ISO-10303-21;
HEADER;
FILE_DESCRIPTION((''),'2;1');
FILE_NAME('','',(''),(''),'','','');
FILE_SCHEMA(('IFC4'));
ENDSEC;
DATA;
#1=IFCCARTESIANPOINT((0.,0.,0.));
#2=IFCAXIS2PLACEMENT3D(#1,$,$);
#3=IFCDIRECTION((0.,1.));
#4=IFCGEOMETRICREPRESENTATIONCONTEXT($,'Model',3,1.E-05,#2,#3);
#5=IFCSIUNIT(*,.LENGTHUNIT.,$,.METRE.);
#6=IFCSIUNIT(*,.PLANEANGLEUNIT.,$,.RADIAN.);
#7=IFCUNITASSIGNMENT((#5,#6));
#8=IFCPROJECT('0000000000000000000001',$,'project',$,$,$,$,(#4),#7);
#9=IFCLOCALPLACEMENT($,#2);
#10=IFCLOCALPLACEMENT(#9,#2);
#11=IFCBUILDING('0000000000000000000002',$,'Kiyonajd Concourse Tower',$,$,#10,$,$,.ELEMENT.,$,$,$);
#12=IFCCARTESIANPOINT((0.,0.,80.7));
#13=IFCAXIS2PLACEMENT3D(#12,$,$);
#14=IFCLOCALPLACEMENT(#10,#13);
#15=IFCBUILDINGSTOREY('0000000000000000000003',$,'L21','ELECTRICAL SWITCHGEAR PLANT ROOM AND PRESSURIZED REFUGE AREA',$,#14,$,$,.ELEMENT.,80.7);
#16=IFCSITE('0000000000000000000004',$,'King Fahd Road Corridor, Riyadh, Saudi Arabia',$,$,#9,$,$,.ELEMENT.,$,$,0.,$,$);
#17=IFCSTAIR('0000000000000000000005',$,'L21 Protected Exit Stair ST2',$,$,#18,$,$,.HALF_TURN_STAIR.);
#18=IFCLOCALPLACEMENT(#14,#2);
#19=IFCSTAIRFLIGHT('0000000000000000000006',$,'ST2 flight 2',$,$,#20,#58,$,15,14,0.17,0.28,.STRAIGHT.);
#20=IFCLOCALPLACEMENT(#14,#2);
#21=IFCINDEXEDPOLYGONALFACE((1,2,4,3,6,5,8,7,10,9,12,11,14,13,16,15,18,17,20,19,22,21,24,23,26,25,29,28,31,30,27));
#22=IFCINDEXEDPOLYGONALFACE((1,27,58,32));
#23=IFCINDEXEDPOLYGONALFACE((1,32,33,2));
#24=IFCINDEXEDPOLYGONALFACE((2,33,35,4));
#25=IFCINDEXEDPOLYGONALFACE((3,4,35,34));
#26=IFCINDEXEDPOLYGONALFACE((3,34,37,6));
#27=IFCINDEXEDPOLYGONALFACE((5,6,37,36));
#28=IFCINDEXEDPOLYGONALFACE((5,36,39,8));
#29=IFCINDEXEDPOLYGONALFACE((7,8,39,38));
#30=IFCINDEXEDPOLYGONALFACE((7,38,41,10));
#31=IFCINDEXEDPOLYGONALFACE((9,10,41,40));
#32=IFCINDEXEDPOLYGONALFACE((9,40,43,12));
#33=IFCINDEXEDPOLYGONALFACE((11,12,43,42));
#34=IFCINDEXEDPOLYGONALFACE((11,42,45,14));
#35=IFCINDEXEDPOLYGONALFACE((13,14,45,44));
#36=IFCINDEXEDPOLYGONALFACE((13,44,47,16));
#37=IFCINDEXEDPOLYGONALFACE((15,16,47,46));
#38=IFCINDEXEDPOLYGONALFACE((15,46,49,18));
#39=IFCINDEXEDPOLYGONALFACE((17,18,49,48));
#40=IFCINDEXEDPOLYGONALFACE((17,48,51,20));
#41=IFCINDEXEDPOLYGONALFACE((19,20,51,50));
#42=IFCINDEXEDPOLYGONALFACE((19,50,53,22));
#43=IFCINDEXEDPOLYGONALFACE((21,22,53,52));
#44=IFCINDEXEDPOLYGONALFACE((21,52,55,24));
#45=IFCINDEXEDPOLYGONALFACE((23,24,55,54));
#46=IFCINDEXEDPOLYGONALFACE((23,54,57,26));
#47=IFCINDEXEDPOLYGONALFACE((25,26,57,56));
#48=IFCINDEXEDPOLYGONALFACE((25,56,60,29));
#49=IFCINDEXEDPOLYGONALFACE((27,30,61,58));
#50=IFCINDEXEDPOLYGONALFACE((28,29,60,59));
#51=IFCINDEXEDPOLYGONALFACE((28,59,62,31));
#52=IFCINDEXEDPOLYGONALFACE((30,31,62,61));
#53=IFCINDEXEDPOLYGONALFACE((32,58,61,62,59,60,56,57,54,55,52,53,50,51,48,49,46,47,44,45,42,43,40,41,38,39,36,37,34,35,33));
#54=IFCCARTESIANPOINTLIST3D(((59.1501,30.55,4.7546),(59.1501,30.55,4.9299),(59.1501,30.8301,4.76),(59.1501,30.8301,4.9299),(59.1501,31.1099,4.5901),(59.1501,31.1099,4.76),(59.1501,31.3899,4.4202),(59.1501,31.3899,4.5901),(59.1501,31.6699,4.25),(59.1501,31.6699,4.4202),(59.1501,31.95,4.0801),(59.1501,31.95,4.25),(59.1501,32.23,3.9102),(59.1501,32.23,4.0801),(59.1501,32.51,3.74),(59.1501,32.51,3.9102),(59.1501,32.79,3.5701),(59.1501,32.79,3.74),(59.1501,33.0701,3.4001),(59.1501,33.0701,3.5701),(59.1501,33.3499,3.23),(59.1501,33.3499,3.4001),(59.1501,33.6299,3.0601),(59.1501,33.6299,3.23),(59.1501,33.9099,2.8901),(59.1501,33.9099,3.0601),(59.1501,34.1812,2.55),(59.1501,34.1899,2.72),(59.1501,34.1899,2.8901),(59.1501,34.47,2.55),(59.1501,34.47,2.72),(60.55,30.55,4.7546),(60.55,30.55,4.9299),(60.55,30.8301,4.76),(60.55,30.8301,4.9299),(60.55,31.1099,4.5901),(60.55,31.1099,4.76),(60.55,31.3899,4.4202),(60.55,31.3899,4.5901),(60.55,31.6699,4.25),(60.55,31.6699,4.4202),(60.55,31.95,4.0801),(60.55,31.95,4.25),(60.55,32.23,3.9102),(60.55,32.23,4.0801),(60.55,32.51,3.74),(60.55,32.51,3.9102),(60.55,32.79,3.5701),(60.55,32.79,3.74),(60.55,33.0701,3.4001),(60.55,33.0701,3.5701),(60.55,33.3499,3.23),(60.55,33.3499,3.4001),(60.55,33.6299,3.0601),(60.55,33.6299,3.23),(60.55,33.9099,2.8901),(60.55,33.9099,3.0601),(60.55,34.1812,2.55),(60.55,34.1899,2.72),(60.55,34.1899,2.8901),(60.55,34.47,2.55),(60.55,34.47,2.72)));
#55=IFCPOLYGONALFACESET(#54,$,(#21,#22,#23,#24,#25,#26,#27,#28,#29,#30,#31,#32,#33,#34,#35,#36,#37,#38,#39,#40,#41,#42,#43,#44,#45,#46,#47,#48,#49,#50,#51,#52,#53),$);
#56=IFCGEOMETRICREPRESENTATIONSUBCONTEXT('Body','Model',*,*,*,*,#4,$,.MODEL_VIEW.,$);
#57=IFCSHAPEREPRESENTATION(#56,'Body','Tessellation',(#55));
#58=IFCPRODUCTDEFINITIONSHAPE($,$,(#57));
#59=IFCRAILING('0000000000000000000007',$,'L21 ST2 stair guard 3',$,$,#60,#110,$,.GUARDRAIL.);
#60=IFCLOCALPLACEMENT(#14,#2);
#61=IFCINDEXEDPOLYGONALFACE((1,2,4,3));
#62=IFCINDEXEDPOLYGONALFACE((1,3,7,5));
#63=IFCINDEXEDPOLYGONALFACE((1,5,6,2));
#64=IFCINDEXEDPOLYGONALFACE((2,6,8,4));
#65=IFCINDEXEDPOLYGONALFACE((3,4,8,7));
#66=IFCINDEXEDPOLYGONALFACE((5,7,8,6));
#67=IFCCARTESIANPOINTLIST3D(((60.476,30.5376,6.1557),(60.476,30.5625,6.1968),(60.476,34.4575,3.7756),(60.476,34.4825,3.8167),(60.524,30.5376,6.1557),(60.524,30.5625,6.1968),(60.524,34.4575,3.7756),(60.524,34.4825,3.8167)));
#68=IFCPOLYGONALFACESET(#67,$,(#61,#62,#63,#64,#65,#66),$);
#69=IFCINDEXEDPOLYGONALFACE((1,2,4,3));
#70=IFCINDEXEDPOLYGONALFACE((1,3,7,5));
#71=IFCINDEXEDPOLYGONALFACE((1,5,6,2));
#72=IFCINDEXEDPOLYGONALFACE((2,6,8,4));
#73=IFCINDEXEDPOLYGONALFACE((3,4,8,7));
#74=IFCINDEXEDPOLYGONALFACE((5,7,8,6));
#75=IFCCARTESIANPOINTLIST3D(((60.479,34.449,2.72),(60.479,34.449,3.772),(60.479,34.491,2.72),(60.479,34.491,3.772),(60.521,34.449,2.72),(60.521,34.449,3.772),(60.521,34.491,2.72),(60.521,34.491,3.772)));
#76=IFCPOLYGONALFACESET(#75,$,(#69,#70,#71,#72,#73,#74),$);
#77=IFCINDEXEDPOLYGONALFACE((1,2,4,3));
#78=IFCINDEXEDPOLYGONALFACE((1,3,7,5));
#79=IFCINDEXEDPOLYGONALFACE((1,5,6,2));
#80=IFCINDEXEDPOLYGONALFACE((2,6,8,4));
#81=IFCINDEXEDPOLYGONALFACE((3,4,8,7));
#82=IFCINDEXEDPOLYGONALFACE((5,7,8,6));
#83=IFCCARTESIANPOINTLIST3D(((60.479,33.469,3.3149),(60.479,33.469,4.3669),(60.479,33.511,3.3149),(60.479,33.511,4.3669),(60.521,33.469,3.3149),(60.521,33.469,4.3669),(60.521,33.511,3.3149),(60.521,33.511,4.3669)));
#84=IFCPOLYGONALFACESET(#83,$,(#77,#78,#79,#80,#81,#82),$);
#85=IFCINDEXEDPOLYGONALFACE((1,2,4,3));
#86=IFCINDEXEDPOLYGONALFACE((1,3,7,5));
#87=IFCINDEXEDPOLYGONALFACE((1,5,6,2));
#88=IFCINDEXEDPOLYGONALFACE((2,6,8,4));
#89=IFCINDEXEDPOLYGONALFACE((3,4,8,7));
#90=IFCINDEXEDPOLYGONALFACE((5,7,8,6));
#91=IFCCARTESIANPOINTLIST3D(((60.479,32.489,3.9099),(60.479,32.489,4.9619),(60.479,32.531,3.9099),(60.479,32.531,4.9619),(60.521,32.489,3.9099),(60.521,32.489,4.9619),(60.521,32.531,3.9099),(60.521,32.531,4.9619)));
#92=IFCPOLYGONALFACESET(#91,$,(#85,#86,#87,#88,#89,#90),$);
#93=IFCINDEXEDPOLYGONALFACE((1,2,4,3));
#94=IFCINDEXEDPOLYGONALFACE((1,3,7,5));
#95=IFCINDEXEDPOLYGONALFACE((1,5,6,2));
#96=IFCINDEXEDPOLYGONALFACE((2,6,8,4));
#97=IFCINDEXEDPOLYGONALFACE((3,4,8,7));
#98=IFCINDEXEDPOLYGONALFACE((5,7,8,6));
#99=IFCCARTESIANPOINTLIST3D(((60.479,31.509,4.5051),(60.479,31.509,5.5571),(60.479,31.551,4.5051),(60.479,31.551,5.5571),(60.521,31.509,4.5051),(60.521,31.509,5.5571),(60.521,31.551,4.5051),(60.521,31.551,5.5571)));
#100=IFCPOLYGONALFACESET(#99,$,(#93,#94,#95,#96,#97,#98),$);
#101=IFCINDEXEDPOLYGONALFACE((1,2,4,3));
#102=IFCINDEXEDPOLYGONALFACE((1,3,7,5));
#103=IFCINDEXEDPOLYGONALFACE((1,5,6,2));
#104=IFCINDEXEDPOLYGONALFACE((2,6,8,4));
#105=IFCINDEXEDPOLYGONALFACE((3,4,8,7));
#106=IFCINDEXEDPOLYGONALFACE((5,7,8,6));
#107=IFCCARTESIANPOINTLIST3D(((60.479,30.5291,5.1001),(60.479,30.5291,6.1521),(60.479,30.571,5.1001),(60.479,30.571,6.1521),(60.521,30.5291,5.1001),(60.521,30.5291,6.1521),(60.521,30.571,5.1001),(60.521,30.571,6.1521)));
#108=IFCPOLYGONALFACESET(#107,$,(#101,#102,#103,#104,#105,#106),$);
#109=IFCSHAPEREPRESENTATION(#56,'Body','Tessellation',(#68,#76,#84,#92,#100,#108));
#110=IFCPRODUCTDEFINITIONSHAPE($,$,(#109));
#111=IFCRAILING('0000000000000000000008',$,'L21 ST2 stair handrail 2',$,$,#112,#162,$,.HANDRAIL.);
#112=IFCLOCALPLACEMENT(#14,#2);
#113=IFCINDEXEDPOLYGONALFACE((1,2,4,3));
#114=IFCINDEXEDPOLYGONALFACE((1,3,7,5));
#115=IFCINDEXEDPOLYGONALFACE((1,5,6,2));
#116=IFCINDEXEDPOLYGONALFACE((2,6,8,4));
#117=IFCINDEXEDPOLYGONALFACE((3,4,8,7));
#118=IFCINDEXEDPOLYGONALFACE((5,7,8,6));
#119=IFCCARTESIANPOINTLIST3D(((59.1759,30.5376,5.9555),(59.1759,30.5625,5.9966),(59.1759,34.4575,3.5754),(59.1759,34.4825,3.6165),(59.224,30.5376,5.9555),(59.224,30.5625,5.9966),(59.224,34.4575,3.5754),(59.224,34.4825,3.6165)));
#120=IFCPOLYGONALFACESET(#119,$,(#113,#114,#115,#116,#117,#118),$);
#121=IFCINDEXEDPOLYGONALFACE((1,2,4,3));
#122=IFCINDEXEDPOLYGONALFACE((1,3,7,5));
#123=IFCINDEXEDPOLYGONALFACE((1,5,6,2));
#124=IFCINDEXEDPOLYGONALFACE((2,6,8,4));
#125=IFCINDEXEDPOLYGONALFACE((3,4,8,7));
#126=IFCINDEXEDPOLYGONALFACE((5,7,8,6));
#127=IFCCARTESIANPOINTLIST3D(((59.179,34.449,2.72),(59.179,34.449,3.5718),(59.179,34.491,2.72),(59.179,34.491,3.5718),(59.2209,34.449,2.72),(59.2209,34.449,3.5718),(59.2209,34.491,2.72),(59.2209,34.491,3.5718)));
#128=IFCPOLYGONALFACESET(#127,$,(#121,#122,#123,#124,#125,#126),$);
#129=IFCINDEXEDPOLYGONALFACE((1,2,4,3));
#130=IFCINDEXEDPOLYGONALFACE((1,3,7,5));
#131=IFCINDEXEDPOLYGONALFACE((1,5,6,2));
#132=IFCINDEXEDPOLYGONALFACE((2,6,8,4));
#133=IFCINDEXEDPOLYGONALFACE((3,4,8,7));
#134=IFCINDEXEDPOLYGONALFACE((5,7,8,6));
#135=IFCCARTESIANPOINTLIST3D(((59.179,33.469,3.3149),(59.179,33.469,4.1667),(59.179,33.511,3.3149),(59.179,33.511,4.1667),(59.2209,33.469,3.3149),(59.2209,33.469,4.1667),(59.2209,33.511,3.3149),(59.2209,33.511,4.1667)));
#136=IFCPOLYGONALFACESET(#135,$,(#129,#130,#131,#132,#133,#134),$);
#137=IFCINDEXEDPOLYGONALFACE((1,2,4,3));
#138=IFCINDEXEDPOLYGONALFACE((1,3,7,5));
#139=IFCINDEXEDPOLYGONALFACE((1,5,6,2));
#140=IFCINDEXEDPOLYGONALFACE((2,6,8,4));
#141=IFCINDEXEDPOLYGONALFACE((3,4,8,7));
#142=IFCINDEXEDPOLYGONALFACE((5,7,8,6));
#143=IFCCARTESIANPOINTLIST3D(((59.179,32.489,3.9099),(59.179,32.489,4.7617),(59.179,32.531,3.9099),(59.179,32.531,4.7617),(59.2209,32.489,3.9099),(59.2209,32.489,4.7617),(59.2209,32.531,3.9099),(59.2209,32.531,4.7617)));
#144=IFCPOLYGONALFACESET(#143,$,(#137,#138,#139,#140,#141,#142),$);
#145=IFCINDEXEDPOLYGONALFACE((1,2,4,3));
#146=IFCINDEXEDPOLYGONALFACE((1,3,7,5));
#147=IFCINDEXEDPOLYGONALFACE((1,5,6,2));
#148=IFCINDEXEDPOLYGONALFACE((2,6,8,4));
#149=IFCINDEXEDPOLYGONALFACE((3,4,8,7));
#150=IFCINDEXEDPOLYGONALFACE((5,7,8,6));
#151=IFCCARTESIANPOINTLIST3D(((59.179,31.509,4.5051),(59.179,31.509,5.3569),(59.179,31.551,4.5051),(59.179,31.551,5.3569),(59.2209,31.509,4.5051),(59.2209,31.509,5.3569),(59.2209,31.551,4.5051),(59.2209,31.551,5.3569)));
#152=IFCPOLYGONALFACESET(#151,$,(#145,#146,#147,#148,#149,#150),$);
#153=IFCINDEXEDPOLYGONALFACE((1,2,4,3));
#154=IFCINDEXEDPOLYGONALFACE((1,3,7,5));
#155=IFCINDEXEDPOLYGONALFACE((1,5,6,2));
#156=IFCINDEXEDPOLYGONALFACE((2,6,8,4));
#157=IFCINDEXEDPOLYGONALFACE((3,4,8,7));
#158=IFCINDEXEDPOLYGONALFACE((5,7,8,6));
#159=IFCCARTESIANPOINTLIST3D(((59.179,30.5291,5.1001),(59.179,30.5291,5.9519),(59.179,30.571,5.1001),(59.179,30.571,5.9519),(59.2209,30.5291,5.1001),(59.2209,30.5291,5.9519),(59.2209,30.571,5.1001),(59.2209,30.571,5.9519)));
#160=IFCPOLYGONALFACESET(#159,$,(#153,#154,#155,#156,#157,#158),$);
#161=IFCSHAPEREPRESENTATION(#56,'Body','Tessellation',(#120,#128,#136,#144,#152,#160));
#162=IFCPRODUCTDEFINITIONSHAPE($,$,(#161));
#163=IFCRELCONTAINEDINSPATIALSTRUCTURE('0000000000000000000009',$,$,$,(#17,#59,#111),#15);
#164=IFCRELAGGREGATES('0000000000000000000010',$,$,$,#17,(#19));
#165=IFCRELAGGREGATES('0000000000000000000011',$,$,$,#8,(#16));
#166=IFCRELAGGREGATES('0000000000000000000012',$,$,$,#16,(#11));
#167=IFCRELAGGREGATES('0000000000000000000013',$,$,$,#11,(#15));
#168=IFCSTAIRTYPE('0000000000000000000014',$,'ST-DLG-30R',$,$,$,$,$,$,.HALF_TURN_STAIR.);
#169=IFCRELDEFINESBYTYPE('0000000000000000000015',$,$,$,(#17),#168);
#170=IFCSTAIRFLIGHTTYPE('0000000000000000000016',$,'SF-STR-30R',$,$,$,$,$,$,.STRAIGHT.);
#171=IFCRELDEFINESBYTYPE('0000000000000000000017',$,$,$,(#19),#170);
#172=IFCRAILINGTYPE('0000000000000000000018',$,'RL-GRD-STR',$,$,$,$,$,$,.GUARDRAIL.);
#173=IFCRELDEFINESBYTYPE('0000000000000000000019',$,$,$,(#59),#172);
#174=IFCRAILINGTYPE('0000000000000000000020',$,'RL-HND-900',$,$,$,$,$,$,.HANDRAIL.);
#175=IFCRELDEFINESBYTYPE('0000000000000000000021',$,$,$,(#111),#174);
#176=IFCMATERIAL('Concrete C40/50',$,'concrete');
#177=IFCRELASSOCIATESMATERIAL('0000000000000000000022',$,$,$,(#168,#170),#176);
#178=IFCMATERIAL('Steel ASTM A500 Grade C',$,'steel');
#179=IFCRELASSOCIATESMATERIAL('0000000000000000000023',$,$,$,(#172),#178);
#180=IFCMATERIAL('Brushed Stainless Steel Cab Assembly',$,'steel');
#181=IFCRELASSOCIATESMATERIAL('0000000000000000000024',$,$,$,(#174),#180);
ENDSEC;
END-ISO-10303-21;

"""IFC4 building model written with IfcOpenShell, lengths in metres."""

from ifc_helpers import new_model, si_unit, direction, frame, origin, origin_2d, place, context, subcontext, project, spatial, polyline, rectangle, outline, extrude, material, type_object, element, aggregate, save


model = new_model("IFC4")

# Units and contexts
model_context = context("Model", 3, precision=1e-05, world=origin(), true_north=direction((0.0, 1.0)))
body_context = subcontext(model_context, "Body", "Model", "MODEL_VIEW")
ifc_project = project(units=[si_unit("LENGTHUNIT", "METRE"), si_unit("PLANEANGLEUNIT", "RADIAN")], contexts=[model_context])

# Site, building, storey
site_placement = place(None, origin())
site = spatial("IfcSite", under=ifc_project, at=site_placement, Name="King Fahd Road Corridor, Riyadh, Saudi Arabia", CompositionType="ELEMENT", RefElevation=0.0)
building_placement = place(site_placement, origin())
building = spatial("IfcBuilding", under=site, at=building_placement, Name="Kiyonajd Concourse Tower", CompositionType="ELEMENT")
storey_placement = place(building_placement, frame((0.0, 0.0, 80.7)))
storey = spatial("IfcBuildingStorey", under=building, at=storey_placement, Name="L21", Description="ELECTRICAL SWITCHGEAR PLANT ROOM AND PRESSURIZED REFUGE AREA", CompositionType="ELEMENT", Elevation=80.7)

# Shared definitions
ifc_material_1 = material(Name="Brushed Stainless Steel Cab Assembly", Category="steel")

# Stair, stair flight
ifc_material_2 = material(Name="Concrete C40/50", Category="concrete")
stair_type = type_object("IfcStairType", Name="ST-DLG-30R", PredefinedType="HALF_TURN_STAIR", material=ifc_material_2)
stair_placement = place(storey_placement, origin())
stair = element("IfcStair", 1, at=stair_placement, inside=storey, type_object=stair_type, Name="L21 Protected Exit Stair ST2", PredefinedType="HALF_TURN_STAIR")
stair_flight_type = type_object("IfcStairFlightType", Name="SF-STR-30R", PredefinedType="STRAIGHT", material=ifc_material_2)
stair_flight_placement = place(storey_placement, frame((59.8501, 34.47, 2.55), z_axis=(0.0, 0.0, 1.0), x_axis=(0.0, -1.0, 0.0)))
stair_flight = element("IfcStairFlight", 2, at=stair_flight_placement, type_object=stair_flight_type, Name="ST2 flight 2", NumberOfRisers=15, NumberOfTreads=14, PredefinedType="STRAIGHT", RiserHeight=0.17, TreadLength=0.28, context=body_context, shape_type="SweptSolid", body=[
    extrude(outline(polyline([(0.0, 0.0), (0.0, 0.1699), (0.28, 0.1699), (0.28, 0.3401), (0.5601, 0.3401), (0.5601, 0.51), (0.8401, 0.51), (0.8401, 0.6799), (1.1201, 0.6799), (1.1201, 0.8501), (1.3999, 0.8501), (1.3999, 1.02), (1.6799, 1.02), (1.6799, 1.1899), (1.96, 1.1899), (1.96, 1.3601), (2.24, 1.3601), (2.24, 1.53), (2.52, 1.53), (2.52, 1.7), (2.8, 1.7), (2.8, 1.8701), (3.0801, 1.8701), (3.0801, 2.04), (3.3601, 2.04), (3.3601, 2.21), (3.6399, 2.21), (3.6399, 2.3799), (3.9199, 2.3799), (3.9199, 2.55), (3.9199, 2.2046), (0.2888, 0.0), (0.0, 0.0)])), frame((0.0, 0.7, 0.0), z_axis=(0.0, -1.0, 0.0), x_axis=(1.0, 0.0, 0.0)), (0.0, 0.0, 1.0), 1.3999),
])
aggregate(stair, [stair_flight])

# Railings
ifc_material_3 = material(Name="Steel ASTM A500 Grade C", Category="steel")
railing_type_1 = type_object("IfcRailingType", Name="RL-GRD-STR", PredefinedType="GUARDRAIL", material=ifc_material_3)
railing_1_placement = place(storey_placement, frame((60.5, 34.47, 2.72)))
element("IfcRailing", 3, at=railing_1_placement, inside=storey, type_object=railing_type_1, Name="L21 ST2 stair guard 3", PredefinedType="GUARDRAIL", context=body_context, shape_type="SweptSolid", body=[
    extrude(rectangle(XDim=0.0481, YDim=0.0481, at=origin_2d()), frame((0.0, 0.0, 1.0762), z_axis=(0.0, -0.854771, 0.519006), x_axis=(1.0, 0.0, 0.0)), (0.0, 0.0, 1.0), 4.5859),
    extrude(rectangle(XDim=0.042, YDim=0.042, at=origin_2d()), origin(), (0.0, 0.0, 1.0), 1.052),
    extrude(rectangle(XDim=0.042, YDim=0.042, at=origin_2d()), frame((0.0, -0.98, 0.595)), (0.0, 0.0, 1.0), 1.052),
    extrude(rectangle(XDim=0.042, YDim=0.042, at=origin_2d()), frame((0.0, -1.96, 1.1899)), (0.0, 0.0, 1.0), 1.052),
    extrude(rectangle(XDim=0.042, YDim=0.042, at=origin_2d()), frame((0.0, -2.9399, 1.7852)), (0.0, 0.0, 1.0), 1.052),
    extrude(rectangle(XDim=0.042, YDim=0.042, at=origin_2d()), frame((0.0, -3.9199, 2.3801)), (0.0, 0.0, 1.0), 1.052),
])
railing_type_2 = type_object("IfcRailingType", Name="RL-HND-900", PredefinedType="HANDRAIL", material=ifc_material_1)
railing_2_placement = place(storey_placement, frame((59.2, 34.47, 2.72)))
element("IfcRailing", 4, at=railing_2_placement, inside=storey, type_object=railing_type_2, Name="L21 ST2 stair handrail 2", PredefinedType="HANDRAIL", context=body_context, shape_type="SweptSolid", body=[
    extrude(rectangle(XDim=0.0481, YDim=0.0481, at=origin_2d()), frame((0.0, 0.0, 0.876), z_axis=(0.0, -0.854771, 0.519006), x_axis=(1.0, 0.0, 0.0)), (0.0, 0.0, 1.0), 4.5859),
    extrude(rectangle(XDim=0.042, YDim=0.042, at=origin_2d()), origin(), (0.0, 0.0, 1.0), 0.8518),
    extrude(rectangle(XDim=0.042, YDim=0.042, at=origin_2d()), frame((0.0, -0.98, 0.595)), (0.0, 0.0, 1.0), 0.8518),
    extrude(rectangle(XDim=0.042, YDim=0.042, at=origin_2d()), frame((0.0, -1.96, 1.1899)), (0.0, 0.0, 1.0), 0.8518),
    extrude(rectangle(XDim=0.042, YDim=0.042, at=origin_2d()), frame((0.0, -2.9399, 1.7852)), (0.0, 0.0, 1.0), 0.8518),
    extrude(rectangle(XDim=0.042, YDim=0.042, at=origin_2d()), frame((0.0, -3.9199, 2.3801)), (0.0, 0.0, 1.0), 0.8518),
])

save(model, "model.ifc")
